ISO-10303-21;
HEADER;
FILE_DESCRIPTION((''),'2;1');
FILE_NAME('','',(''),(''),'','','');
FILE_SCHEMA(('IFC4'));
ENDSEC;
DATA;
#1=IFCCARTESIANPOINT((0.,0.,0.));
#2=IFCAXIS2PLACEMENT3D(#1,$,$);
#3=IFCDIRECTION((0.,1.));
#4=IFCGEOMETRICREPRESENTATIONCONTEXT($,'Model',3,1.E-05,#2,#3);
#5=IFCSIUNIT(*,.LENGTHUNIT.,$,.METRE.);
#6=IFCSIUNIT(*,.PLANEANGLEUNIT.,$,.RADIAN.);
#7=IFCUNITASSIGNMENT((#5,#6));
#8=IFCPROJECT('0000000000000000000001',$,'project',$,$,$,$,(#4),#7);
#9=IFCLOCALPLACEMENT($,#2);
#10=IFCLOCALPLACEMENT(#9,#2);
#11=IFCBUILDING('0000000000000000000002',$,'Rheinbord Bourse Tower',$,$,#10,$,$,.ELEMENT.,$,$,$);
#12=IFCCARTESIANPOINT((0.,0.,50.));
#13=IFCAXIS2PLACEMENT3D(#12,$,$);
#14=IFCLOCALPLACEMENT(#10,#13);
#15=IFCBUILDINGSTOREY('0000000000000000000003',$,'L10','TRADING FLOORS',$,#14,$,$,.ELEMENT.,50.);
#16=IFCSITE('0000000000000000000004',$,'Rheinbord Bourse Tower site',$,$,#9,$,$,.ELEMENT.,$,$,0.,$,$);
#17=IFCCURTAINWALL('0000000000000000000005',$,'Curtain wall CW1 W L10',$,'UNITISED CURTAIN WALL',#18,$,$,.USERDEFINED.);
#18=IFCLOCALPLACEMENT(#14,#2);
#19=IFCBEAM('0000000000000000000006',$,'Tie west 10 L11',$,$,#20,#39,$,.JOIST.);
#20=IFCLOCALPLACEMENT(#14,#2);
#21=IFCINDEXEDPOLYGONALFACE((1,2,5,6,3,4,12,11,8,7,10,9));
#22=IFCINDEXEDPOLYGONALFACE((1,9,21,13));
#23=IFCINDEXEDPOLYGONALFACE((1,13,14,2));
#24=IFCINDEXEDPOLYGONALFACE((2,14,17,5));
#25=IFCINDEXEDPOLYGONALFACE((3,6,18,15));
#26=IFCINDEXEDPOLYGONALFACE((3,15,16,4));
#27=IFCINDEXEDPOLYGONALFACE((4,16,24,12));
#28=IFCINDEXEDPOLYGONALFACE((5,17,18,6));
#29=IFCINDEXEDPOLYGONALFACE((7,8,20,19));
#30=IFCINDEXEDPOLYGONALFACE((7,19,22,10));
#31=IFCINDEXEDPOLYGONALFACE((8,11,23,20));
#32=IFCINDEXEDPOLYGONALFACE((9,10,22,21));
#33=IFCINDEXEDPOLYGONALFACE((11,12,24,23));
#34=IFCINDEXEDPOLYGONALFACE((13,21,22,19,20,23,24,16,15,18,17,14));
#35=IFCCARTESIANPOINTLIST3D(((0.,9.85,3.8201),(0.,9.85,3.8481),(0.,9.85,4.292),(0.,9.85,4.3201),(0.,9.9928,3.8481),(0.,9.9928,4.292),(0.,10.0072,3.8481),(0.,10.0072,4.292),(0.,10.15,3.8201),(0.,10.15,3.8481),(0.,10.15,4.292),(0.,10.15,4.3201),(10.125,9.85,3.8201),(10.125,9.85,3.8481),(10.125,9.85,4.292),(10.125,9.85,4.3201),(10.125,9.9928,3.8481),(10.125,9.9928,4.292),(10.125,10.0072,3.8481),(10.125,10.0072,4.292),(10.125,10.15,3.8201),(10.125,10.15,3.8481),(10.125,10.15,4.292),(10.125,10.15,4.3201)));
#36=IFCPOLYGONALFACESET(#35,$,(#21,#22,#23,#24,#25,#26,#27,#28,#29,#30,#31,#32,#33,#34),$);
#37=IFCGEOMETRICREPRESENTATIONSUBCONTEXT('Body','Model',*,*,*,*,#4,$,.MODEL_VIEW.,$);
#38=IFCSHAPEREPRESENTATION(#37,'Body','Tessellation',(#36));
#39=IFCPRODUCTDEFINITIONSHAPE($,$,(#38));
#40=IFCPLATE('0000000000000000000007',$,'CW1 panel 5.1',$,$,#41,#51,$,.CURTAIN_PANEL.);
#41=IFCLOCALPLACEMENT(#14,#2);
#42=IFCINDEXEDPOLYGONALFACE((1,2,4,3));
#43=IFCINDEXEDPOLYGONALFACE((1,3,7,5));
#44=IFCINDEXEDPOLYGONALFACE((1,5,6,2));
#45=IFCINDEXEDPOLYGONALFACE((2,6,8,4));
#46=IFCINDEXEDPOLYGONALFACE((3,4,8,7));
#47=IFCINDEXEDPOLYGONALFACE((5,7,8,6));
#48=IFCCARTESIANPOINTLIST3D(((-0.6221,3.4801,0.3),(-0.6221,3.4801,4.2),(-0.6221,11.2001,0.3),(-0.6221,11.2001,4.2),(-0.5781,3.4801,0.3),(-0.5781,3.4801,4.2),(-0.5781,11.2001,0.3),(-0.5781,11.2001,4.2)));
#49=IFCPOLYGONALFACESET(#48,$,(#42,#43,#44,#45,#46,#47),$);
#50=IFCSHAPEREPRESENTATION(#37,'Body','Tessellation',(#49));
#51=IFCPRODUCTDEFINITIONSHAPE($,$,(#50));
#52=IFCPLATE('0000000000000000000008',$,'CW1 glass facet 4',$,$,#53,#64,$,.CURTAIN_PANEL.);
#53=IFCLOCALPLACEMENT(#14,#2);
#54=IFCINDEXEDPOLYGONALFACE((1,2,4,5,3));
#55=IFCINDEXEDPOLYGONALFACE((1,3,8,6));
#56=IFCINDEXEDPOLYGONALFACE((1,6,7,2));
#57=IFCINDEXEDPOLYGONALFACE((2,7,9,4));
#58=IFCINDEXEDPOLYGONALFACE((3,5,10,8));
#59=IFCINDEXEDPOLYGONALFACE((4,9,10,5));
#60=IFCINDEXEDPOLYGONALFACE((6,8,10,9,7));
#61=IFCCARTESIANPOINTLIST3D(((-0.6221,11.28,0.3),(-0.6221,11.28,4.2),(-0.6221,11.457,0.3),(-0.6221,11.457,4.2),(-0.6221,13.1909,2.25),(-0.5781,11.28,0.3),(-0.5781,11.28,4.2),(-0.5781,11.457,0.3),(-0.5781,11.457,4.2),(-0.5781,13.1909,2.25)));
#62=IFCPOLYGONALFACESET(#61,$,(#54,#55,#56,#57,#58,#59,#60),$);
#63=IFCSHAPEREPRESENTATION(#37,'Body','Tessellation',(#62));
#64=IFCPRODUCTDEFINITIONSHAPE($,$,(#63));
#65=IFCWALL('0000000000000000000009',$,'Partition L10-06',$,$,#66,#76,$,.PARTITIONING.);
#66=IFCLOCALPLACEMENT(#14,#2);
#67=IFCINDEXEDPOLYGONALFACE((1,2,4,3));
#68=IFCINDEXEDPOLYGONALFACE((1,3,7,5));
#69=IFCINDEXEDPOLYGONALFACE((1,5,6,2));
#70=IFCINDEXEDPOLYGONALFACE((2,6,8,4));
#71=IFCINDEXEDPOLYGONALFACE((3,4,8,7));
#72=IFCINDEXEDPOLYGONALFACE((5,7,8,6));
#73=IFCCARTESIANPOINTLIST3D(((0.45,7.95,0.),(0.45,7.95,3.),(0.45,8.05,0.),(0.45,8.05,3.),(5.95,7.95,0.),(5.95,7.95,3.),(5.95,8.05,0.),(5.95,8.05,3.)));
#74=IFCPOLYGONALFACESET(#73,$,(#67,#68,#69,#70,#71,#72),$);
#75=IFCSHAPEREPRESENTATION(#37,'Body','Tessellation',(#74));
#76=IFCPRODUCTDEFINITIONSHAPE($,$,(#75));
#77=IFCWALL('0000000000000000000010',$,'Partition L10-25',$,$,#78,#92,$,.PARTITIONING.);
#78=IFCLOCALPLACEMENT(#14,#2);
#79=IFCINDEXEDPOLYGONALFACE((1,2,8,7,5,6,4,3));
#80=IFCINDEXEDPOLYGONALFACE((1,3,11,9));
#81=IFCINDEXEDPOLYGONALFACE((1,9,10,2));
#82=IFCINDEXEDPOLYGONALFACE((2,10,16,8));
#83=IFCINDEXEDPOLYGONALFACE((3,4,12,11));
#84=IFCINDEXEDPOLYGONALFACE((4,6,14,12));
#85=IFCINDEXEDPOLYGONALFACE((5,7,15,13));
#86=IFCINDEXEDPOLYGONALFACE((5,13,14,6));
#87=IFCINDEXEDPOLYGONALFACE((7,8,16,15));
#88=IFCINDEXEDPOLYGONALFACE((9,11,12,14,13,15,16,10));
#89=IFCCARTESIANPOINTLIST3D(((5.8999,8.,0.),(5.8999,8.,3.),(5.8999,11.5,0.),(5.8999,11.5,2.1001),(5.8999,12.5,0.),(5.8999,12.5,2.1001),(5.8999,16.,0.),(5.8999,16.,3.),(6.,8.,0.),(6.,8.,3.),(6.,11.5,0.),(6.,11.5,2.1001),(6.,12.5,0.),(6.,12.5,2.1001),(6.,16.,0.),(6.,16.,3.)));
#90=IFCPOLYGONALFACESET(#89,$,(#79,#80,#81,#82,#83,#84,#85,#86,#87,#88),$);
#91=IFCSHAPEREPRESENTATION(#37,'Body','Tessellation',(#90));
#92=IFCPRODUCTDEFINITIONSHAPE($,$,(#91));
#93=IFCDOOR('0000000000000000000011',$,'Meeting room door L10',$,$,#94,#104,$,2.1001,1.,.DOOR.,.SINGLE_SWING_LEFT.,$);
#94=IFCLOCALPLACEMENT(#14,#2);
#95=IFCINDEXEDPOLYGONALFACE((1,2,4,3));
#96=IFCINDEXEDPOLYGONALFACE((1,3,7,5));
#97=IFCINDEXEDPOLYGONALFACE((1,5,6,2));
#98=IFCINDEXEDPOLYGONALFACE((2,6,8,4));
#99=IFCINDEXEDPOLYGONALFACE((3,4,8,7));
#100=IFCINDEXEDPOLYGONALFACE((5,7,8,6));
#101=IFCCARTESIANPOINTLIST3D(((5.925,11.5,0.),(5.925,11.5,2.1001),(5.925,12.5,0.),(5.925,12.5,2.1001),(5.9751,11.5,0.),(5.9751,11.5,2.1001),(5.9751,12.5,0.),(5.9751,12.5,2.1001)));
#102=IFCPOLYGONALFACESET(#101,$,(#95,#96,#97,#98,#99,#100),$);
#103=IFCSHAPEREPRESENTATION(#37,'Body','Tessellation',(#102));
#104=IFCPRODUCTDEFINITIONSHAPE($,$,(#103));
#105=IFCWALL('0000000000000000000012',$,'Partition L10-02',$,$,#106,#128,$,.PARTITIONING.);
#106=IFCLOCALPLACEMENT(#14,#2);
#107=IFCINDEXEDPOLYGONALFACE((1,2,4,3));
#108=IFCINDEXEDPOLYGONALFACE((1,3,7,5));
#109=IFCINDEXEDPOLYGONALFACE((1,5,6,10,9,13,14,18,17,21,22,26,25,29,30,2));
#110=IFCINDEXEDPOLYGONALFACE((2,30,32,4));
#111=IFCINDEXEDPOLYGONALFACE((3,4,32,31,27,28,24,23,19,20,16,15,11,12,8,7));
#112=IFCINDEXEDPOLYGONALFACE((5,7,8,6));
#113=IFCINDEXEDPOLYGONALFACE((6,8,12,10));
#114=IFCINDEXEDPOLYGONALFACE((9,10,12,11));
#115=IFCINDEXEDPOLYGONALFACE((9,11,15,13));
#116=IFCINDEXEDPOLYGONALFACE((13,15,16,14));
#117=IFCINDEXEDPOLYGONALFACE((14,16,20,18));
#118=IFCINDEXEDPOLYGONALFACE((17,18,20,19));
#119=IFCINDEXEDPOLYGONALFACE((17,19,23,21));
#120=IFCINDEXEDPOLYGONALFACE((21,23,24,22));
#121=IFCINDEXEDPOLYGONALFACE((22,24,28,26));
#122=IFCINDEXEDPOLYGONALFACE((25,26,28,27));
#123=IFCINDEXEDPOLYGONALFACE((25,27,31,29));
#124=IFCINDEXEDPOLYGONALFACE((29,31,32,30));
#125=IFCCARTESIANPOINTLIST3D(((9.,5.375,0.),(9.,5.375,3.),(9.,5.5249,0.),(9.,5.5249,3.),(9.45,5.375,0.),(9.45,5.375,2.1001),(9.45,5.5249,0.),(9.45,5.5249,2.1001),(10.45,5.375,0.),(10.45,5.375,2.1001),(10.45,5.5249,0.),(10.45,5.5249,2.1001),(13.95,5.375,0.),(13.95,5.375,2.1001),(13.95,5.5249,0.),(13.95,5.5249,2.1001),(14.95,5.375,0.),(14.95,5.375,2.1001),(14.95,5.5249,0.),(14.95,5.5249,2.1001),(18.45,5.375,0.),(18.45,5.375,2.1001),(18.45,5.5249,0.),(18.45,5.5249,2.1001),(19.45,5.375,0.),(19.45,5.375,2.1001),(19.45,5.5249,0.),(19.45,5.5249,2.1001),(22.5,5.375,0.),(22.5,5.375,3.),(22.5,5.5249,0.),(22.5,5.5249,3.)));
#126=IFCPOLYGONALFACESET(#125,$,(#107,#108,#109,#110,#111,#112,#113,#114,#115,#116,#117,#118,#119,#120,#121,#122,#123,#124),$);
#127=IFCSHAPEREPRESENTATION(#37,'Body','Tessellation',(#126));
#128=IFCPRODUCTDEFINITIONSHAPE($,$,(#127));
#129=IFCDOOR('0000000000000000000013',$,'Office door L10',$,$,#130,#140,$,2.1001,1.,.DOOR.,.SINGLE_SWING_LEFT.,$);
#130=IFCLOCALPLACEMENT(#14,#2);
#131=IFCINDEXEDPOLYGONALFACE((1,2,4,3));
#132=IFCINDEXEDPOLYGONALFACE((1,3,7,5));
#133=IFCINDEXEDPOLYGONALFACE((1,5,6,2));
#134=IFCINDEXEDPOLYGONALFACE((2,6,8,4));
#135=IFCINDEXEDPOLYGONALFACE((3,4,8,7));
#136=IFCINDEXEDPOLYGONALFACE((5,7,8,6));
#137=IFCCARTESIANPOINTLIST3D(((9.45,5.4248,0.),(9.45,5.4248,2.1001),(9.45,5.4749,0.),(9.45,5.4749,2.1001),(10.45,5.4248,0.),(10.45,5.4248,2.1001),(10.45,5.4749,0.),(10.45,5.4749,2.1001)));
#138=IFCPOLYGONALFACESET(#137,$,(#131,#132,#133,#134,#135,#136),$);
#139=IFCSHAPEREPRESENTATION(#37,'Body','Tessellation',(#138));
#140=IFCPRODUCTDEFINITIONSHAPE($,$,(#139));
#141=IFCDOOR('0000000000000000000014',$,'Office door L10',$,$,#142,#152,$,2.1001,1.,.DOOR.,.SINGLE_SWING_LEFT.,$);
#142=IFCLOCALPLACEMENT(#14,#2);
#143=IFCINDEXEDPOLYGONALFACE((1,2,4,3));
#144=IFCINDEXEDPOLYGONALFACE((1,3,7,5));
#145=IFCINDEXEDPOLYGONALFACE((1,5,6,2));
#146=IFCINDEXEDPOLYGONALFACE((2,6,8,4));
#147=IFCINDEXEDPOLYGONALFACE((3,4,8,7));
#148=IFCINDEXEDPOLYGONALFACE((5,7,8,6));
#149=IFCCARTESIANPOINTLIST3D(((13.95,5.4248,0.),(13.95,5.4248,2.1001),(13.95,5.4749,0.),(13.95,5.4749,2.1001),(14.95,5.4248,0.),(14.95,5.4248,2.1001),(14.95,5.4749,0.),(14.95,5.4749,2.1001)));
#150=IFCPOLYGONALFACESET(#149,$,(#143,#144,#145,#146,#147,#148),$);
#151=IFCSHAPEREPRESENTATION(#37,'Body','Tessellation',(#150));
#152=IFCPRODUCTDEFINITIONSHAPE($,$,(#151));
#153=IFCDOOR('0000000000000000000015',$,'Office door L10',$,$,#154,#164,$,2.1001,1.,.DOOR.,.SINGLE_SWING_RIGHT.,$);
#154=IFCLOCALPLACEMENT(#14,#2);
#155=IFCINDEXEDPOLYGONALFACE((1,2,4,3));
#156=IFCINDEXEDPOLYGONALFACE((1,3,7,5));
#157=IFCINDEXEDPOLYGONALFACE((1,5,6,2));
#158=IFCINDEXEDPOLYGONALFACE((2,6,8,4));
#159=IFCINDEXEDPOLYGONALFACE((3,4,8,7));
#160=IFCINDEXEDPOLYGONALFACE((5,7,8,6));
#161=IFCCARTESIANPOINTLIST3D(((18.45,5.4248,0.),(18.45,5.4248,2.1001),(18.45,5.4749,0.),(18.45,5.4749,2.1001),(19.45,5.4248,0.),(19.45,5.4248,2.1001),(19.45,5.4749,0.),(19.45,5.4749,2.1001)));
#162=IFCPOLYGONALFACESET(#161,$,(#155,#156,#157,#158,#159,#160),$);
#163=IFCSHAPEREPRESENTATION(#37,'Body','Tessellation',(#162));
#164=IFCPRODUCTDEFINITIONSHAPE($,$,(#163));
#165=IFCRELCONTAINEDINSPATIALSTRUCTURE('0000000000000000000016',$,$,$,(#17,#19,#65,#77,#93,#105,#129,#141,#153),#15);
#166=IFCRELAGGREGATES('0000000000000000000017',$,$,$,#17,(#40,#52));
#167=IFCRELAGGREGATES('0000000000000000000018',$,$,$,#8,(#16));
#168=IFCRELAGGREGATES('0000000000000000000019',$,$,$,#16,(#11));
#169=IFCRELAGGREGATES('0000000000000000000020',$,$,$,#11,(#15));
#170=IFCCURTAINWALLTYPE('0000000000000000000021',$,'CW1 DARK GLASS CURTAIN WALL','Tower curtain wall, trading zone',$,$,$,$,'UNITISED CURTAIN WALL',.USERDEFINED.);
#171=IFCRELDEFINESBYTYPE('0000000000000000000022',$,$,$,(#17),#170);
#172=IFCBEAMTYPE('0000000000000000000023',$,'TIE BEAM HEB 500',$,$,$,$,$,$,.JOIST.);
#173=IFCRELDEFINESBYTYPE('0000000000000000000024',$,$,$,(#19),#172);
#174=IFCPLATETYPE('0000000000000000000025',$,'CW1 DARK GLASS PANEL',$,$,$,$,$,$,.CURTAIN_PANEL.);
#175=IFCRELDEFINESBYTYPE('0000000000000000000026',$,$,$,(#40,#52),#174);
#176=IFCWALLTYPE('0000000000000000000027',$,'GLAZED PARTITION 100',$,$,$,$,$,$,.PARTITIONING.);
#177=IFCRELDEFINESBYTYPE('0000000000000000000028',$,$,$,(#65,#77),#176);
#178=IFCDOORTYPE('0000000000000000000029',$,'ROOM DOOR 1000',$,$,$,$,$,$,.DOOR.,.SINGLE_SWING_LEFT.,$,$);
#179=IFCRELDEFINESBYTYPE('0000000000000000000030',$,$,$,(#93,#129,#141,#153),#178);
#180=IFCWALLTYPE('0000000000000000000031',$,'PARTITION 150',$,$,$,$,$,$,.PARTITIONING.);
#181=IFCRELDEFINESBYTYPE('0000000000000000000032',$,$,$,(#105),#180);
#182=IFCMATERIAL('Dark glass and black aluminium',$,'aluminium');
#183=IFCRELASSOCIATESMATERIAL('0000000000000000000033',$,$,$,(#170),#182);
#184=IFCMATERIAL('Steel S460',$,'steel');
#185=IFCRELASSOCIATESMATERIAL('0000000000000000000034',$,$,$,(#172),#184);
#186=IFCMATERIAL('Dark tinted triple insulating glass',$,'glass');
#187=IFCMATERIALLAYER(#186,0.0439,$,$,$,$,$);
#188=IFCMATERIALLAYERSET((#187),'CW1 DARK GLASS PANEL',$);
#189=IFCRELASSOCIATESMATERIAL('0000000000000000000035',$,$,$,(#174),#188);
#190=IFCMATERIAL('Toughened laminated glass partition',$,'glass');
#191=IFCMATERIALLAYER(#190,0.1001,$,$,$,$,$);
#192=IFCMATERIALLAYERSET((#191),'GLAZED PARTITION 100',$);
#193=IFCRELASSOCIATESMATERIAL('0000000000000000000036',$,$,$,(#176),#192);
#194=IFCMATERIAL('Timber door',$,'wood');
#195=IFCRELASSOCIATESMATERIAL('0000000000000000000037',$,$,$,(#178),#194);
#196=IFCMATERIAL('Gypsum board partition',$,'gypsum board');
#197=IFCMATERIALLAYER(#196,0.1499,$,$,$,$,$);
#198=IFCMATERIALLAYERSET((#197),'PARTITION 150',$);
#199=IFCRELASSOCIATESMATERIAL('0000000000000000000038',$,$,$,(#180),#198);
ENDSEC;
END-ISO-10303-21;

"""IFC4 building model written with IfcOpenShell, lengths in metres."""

from ifc_helpers import new_model, si_unit, direction, frame, frame_2d, origin, origin_2d, place, context, subcontext, project, spatial, polyline, rectangle, i_section, outline, extrude, material, layer, layer_set, material_profile, profile_set, type_object, element, fill, aggregate, save


model = new_model("IFC4")

# Units and contexts
model_context = context("Model", 3, precision=1e-05, world=origin(), true_north=direction((0.0, 1.0)))
body_context = subcontext(model_context, "Body", "Model", "MODEL_VIEW")
ifc_project = project(units=[si_unit("LENGTHUNIT", "METRE"), si_unit("PLANEANGLEUNIT", "RADIAN")], contexts=[model_context])

# Site, building, storey
site_placement = place(None, origin())
site = spatial("IfcSite", under=ifc_project, at=site_placement, Name="Rheinbord Bourse Tower site", CompositionType="ELEMENT", RefElevation=0.0)
building_placement = place(site_placement, origin())
building = spatial("IfcBuilding", under=site, at=building_placement, Name="Rheinbord Bourse Tower", CompositionType="ELEMENT")
storey_placement = place(building_placement, frame((0.0, 0.0, 50.0)))
storey = spatial("IfcBuildingStorey", under=building, at=storey_placement, Name="L10", Description="TRADING FLOORS", CompositionType="ELEMENT", Elevation=50.0)

# Curtain wall
ifc_material_1 = material(Name="Dark glass and black aluminium", Category="aluminium")
curtain_wall_type = type_object("IfcCurtainWallType", Name="CW1 DARK GLASS CURTAIN WALL", Description="Tower curtain wall, trading zone", ElementType="UNITISED CURTAIN WALL", PredefinedType="USERDEFINED", material=ifc_material_1)
curtain_wall_placement = place(storey_placement, origin())
curtain_wall = element("IfcCurtainWall", 1, at=curtain_wall_placement, inside=storey, type_object=curtain_wall_type, Name="Curtain wall CW1 W L10", ObjectType="UNITISED CURTAIN WALL", PredefinedType="USERDEFINED")

# Beam
ifc_material_2 = material(Name="Steel S460", Category="steel")
ifc_material_profile_1 = material_profile(ifc_material_2, i_section(OverallWidth=0.3, OverallDepth=0.5, WebThickness=0.0144, FlangeThickness=0.0281, at=origin_2d()), Name="HEB 500")
ifc_profile_set_1 = profile_set([ifc_material_profile_1], Name="Steel S460")
beam_type_1 = type_object("IfcBeamType", Name="TIE BEAM HEB 500", PredefinedType="JOIST", material=ifc_profile_set_1)
for number, where, z_axis, x_axis, name in (
    (2, (0.0, 10.0, 4.0701), (1.0, 0.0, 0.0), (0.0, 1.0, 0.0), "Tie west 10 L11"),
):
    element("IfcBeam", number, at=place(storey_placement, frame(where, z_axis=z_axis, x_axis=x_axis)), inside=storey, type_object=beam_type_1, Name=name, PredefinedType="JOIST", context=body_context, shape_type="SweptSolid", body=[
        extrude(i_section(OverallWidth=0.3, OverallDepth=0.5, WebThickness=0.0144, FlangeThickness=0.0281, at=origin_2d()), origin(), (0.0, 0.0, 1.0), 10.125),
    ])

# Plates
ifc_material_3 = material(Name="Dark tinted triple insulating glass", Category="glass")
ifc_layer_1 = layer(ifc_material_3, 0.0439)
ifc_layer_set_1 = layer_set([ifc_layer_1], Name="CW1 DARK GLASS PANEL")
plate_type = type_object("IfcPlateType", Name="CW1 DARK GLASS PANEL", PredefinedType="CURTAIN_PANEL", material=ifc_layer_set_1)
plate_1_placement = place(storey_placement, frame((-0.6001, 7.3401, 0.3), z_axis=(0.0, 0.0, 1.0), x_axis=(0.0, -1.0, 0.0)))
plate_1 = element("IfcPlate", 3, at=plate_1_placement, type_object=plate_type, Name="CW1 panel 5.1", PredefinedType="CURTAIN_PANEL", context=body_context, shape_type="SweptSolid", body=[
    extrude(rectangle(XDim=7.72, YDim=0.0439, at=origin_2d()), origin(), (0.0, 0.0, 1.0), 3.8999),
])
plate_2_placement = place(storey_placement, frame((-0.6221, 11.28, 4.2), z_axis=(1.0, 0.0, 0.0), x_axis=(0.0, 0.0, -1.0)))
plate_2 = element("IfcPlate", 4, at=plate_2_placement, type_object=plate_type, Name="CW1 glass facet 4", PredefinedType="CURTAIN_PANEL", context=body_context, shape_type="SweptSolid", body=[
    extrude(outline(polyline([(0.0, 0.0), (3.8999, 0.0), (3.8999, 0.177), (1.95, 1.9109), (0.0, 0.177), (0.0, 0.0)])), origin(), (0.0, 0.0, 1.0), 0.0439),
])
aggregate(curtain_wall, [plate_1, plate_2])

# Wall
ifc_material_4 = material(Name="Toughened laminated glass partition", Category="glass")
ifc_layer_2 = layer(ifc_material_4, 0.1001)
ifc_layer_set_2 = layer_set([ifc_layer_2], Name="GLAZED PARTITION 100")
wall_type_1 = type_object("IfcWallType", Name="GLAZED PARTITION 100", PredefinedType="PARTITIONING", material=ifc_layer_set_2)
wall_1_placement = place(storey_placement, frame((0.45, 8.0, 0.0), z_axis=(0.0, 0.0, 1.0), x_axis=(1.0, 0.0, 0.0)))
element("IfcWall", 5, at=wall_1_placement, inside=storey, type_object=wall_type_1, Name="Partition L10-06", PredefinedType="PARTITIONING", context=body_context, shape_type="SweptSolid", body=[
    extrude(rectangle(XDim=5.5, YDim=0.1001, at=frame_2d((2.75, 0.0))), origin(), (0.0, 0.0, 1.0), 3.0),
])

# Wall, opening, door
wall_2_placement = place(storey_placement, frame((5.95, 8.0, 0.0), z_axis=(0.0, 0.0, 1.0), x_axis=(0.0, 1.0, 0.0)))
wall_2 = element("IfcWall", 6, at=wall_2_placement, inside=storey, type_object=wall_type_1, Name="Partition L10-25", PredefinedType="PARTITIONING", context=body_context, shape_type="SweptSolid", body=[
    extrude(rectangle(XDim=8.0, YDim=0.1001, at=frame_2d((4.0, 0.0))), origin(), (0.0, 0.0, 1.0), 3.0),
])
opening_1_placement = place(wall_2_placement, frame((3.5, 0.0, 0.0)))
opening_1 = element("IfcOpeningElement", 7, at=opening_1_placement, cuts=wall_2, PredefinedType="OPENING", context=body_context, shape_type="SweptSolid", body=[
    extrude(rectangle(XDim=1.0, YDim=2.1001, at=frame_2d((0.5, 1.05))), frame((0.0, 0.0601, 0.0), z_axis=(0.0, -1.0, 0.0), x_axis=(1.0, 0.0, 0.0)), (0.0, 0.0, 1.0), 0.1201),
])
ifc_material_5 = material(Name="Timber door", Category="wood")
door_type = type_object("IfcDoorType", Name="ROOM DOOR 1000", OperationType="SINGLE_SWING_LEFT", PredefinedType="DOOR", material=ifc_material_5)
door_1_placement = place(opening_1_placement, origin())
door_1 = element("IfcDoor", 8, at=door_1_placement, inside=storey, type_object=door_type, Name="Meeting room door L10", OperationType="SINGLE_SWING_LEFT", OverallHeight=2.1001, OverallWidth=1.0, PredefinedType="DOOR", context=body_context, shape_type="SweptSolid", body=[
    extrude(rectangle(XDim=1.0, YDim=2.1001, at=frame_2d((0.5, 1.05))), frame((0.0, 0.0249, 0.0), z_axis=(0.0, -1.0, 0.0), x_axis=(1.0, 0.0, 0.0)), (0.0, 0.0, 1.0), 0.05),
])
fill(opening_1, door_1)

# Wall, openings, doors
ifc_material_6 = material(Name="Gypsum board partition", Category="gypsum board")
ifc_layer_3 = layer(ifc_material_6, 0.1499)
ifc_layer_set_3 = layer_set([ifc_layer_3], Name="PARTITION 150")
wall_type_2 = type_object("IfcWallType", Name="PARTITION 150", PredefinedType="PARTITIONING", material=ifc_layer_set_3)
wall_3_placement = place(storey_placement, frame((9.0, 5.45, 0.0), z_axis=(0.0, 0.0, 1.0), x_axis=(1.0, 0.0, 0.0)))
wall_3 = element("IfcWall", 9, at=wall_3_placement, inside=storey, type_object=wall_type_2, Name="Partition L10-02", PredefinedType="PARTITIONING", context=body_context, shape_type="SweptSolid", body=[
    extrude(rectangle(XDim=13.5, YDim=0.1499, at=frame_2d((6.75, 0.0))), origin(), (0.0, 0.0, 1.0), 3.0),
])
opening_2_placement = place(wall_3_placement, frame((0.45, 0.0, 0.0)))
opening_2 = element("IfcOpeningElement", 10, at=opening_2_placement, cuts=wall_3, PredefinedType="OPENING", context=body_context, shape_type="SweptSolid", body=[
    extrude(rectangle(XDim=1.0, YDim=2.1001, at=frame_2d((0.5, 1.05))), frame((0.0, 0.085, 0.0), z_axis=(0.0, -1.0, 0.0), x_axis=(1.0, 0.0, 0.0)), (0.0, 0.0, 1.0), 0.1699),
])
opening_3_placement = place(wall_3_placement, frame((4.95, 0.0, 0.0)))
opening_3 = element("IfcOpeningElement", 11, at=opening_3_placement, cuts=wall_3, PredefinedType="OPENING", context=body_context, shape_type="SweptSolid", body=[
    extrude(rectangle(XDim=1.0, YDim=2.1001, at=frame_2d((0.5, 1.05))), frame((0.0, 0.085, 0.0), z_axis=(0.0, -1.0, 0.0), x_axis=(1.0, 0.0, 0.0)), (0.0, 0.0, 1.0), 0.1699),
])
opening_4_placement = place(wall_3_placement, frame((9.45, 0.0, 0.0)))
opening_4 = element("IfcOpeningElement", 12, at=opening_4_placement, cuts=wall_3, PredefinedType="OPENING", context=body_context, shape_type="SweptSolid", body=[
    extrude(rectangle(XDim=1.0, YDim=2.1001, at=frame_2d((0.5, 1.05))), frame((0.0, 0.085, 0.0), z_axis=(0.0, -1.0, 0.0), x_axis=(1.0, 0.0, 0.0)), (0.0, 0.0, 1.0), 0.1699),
])
door_2_placement = place(opening_2_placement, origin())
door_2 = element("IfcDoor", 13, at=door_2_placement, inside=storey, type_object=door_type, Name="Office door L10", OperationType="SINGLE_SWING_LEFT", OverallHeight=2.1001, OverallWidth=1.0, PredefinedType="DOOR", context=body_context, shape_type="SweptSolid", body=[
    extrude(rectangle(XDim=1.0, YDim=2.1001, at=frame_2d((0.5, 1.05))), frame((0.0, 0.0249, 0.0), z_axis=(0.0, -1.0, 0.0), x_axis=(1.0, 0.0, 0.0)), (0.0, 0.0, 1.0), 0.05),
])
fill(opening_2, door_2)
door_3_placement = place(opening_3_placement, origin())
door_3 = element("IfcDoor", 14, at=door_3_placement, inside=storey, type_object=door_type, Name="Office door L10", OperationType="SINGLE_SWING_LEFT", OverallHeight=2.1001, OverallWidth=1.0, PredefinedType="DOOR", context=body_context, shape_type="SweptSolid", body=[
    extrude(rectangle(XDim=1.0, YDim=2.1001, at=frame_2d((0.5, 1.05))), frame((0.0, 0.0249, 0.0), z_axis=(0.0, -1.0, 0.0), x_axis=(1.0, 0.0, 0.0)), (0.0, 0.0, 1.0), 0.05),
])
fill(opening_3, door_3)
door_4_placement = place(opening_4_placement, origin())
door_4 = element("IfcDoor", 15, at=door_4_placement, inside=storey, type_object=door_type, Name="Office door L10", OperationType="SINGLE_SWING_RIGHT", OverallHeight=2.1001, OverallWidth=1.0, PredefinedType="DOOR", context=body_context, shape_type="SweptSolid", body=[
    extrude(rectangle(XDim=1.0, YDim=2.1001, at=frame_2d((0.5, 1.05))), frame((0.0, 0.0249, 0.0), z_axis=(0.0, -1.0, 0.0), x_axis=(1.0, 0.0, 0.0)), (0.0, 0.0, 1.0), 0.05),
])
fill(opening_4, door_4)

save(model, "model.ifc")
